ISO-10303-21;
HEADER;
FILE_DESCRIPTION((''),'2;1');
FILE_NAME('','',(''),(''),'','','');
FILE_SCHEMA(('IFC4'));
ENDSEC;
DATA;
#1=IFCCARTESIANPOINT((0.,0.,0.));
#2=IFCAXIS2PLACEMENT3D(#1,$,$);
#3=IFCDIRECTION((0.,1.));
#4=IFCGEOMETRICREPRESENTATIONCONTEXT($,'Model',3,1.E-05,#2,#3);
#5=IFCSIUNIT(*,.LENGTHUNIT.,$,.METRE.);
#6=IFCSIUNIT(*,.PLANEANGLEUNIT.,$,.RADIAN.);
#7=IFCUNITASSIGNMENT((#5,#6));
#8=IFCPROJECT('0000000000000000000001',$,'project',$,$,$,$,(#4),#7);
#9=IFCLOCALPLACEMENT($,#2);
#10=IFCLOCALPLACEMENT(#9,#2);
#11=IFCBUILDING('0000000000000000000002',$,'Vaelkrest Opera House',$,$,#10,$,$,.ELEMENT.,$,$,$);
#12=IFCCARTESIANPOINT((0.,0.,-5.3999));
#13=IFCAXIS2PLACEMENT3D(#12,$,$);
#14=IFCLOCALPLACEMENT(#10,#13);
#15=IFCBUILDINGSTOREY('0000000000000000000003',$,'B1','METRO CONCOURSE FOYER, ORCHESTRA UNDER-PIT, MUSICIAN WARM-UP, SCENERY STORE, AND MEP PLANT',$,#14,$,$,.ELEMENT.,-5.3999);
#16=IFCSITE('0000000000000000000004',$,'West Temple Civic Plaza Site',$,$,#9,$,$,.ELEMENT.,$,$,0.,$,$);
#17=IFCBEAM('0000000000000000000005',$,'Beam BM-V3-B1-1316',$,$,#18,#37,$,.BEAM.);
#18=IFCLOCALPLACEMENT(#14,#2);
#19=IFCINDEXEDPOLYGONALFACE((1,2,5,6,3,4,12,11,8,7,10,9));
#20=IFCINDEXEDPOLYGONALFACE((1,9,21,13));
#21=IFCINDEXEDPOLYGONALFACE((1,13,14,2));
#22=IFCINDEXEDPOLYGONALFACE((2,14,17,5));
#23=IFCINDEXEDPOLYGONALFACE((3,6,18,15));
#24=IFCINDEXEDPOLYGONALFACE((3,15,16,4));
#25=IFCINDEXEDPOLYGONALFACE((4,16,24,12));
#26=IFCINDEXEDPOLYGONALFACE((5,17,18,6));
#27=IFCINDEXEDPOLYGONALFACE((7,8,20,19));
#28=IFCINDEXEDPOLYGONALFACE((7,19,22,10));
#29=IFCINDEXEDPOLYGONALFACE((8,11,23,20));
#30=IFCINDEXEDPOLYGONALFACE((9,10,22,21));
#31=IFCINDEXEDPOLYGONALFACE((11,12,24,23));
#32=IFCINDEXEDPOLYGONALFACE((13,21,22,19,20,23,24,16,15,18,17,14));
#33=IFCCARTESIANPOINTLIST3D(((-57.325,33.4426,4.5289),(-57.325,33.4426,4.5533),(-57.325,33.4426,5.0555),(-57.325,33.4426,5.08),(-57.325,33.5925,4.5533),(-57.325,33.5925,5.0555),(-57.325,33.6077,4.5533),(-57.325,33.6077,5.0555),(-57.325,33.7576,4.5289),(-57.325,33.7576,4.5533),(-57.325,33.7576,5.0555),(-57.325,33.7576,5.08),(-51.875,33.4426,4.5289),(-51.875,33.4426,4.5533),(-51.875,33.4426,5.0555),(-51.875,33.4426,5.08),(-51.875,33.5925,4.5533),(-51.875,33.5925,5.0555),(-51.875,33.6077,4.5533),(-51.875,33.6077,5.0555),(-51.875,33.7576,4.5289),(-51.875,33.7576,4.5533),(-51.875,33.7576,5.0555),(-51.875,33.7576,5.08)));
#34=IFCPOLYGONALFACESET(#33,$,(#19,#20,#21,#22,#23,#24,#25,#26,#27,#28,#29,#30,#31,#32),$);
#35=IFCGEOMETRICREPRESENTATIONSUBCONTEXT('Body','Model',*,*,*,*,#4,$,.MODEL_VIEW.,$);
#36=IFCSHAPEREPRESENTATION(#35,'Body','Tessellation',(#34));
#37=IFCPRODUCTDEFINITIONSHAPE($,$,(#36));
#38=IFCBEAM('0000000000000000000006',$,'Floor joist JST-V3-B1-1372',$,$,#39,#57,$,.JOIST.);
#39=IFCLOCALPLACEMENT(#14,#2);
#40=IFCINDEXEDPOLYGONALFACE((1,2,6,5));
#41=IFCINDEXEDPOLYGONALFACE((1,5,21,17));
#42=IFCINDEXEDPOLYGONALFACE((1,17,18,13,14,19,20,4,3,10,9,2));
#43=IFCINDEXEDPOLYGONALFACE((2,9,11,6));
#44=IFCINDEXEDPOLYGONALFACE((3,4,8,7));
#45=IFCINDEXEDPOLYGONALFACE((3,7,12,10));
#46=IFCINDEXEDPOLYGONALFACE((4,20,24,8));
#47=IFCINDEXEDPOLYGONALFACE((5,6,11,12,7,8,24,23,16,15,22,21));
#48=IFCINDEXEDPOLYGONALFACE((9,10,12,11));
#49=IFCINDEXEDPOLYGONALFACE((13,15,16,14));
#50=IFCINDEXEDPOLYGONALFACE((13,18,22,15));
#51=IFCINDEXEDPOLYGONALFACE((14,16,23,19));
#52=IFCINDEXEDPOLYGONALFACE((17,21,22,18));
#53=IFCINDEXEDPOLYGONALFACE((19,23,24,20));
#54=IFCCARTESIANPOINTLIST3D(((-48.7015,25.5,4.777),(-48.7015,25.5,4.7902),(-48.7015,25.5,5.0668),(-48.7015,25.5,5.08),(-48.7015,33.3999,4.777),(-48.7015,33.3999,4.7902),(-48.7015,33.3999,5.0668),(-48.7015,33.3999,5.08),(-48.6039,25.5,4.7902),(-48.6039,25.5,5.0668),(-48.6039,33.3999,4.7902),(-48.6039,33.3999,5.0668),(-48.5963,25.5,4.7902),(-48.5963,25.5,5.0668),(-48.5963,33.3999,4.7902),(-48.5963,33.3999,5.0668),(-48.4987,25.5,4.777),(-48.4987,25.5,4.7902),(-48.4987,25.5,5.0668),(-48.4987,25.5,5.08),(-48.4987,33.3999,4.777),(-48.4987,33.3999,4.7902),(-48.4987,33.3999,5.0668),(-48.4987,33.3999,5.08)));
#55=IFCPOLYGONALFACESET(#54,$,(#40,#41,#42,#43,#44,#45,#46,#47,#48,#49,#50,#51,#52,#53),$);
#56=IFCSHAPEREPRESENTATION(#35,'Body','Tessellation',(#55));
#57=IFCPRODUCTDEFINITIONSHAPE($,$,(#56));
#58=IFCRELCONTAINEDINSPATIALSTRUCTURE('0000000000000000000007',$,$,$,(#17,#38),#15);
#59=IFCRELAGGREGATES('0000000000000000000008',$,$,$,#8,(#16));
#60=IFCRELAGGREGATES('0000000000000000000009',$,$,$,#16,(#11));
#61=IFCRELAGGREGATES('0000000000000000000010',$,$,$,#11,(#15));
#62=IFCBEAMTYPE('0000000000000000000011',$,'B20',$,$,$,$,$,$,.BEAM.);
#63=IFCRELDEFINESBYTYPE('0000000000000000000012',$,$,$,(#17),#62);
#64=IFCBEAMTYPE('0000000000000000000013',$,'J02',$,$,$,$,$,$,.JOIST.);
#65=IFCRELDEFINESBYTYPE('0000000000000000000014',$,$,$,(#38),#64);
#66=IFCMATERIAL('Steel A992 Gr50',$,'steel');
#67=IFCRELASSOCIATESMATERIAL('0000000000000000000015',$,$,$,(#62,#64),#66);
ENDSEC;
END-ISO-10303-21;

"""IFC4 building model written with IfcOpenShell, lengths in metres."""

from ifc_helpers import new_model, si_unit, direction, frame, origin, origin_2d, place, context, subcontext, project, spatial, i_section, extrude, material, material_profile, profile_set, type_object, element, save


model = new_model("IFC4")

# Units and contexts
model_context = context("Model", 3, precision=1e-05, world=origin(), true_north=direction((0.0, 1.0)))
body_context = subcontext(model_context, "Body", "Model", "MODEL_VIEW")
ifc_project = project(units=[si_unit("LENGTHUNIT", "METRE"), si_unit("PLANEANGLEUNIT", "RADIAN")], contexts=[model_context])

# Site, building, storey
site_placement = place(None, origin())
site = spatial("IfcSite", under=ifc_project, at=site_placement, Name="West Temple Civic Plaza Site", CompositionType="ELEMENT", RefElevation=0.0)
building_placement = place(site_placement, origin())
building = spatial("IfcBuilding", under=site, at=building_placement, Name="Vaelkrest Opera House", CompositionType="ELEMENT")
storey_placement = place(building_placement, frame((0.0, 0.0, -5.3999)))
storey = spatial("IfcBuildingStorey", under=building, at=storey_placement, Name="B1", Description="METRO CONCOURSE FOYER, ORCHESTRA UNDER-PIT, MUSICIAN WARM-UP, SCENERY STORE, AND MEP PLANT", CompositionType="ELEMENT", Elevation=-5.3999)

# Beams
ifc_material_1 = material(Name="Steel A992 Gr50", Category="steel")
ifc_material_profile_1 = material_profile(ifc_material_1, i_section(OverallWidth=0.3149, OverallDepth=0.551, WebThickness=0.0151, FlangeThickness=0.0244, at=origin_2d()), Name="W21X122")
ifc_profile_set_1 = profile_set([ifc_material_profile_1], Name="Steel A992 Gr50")
beam_type_1 = type_object("IfcBeamType", Name="B20", PredefinedType="BEAM", material=ifc_profile_set_1)
beam_1_placement = place(storey_placement, frame((-57.325, 33.6001, 4.8044), z_axis=(1.0, 0.0, 0.0), x_axis=(0.0, 1.0, 0.0)))
element("IfcBeam", 1, at=beam_1_placement, inside=storey, type_object=beam_type_1, Name="Beam BM-V3-B1-1316", PredefinedType="BEAM", context=body_context, shape_type="SweptSolid", body=[
    extrude(i_section(OverallWidth=0.3149, OverallDepth=0.551, WebThickness=0.0151, FlangeThickness=0.0244, at=origin_2d()), origin(), (0.0, 0.0, 1.0), 5.45),
])
ifc_material_profile_2 = material_profile(ifc_material_1, i_section(OverallWidth=0.2029, OverallDepth=0.303, WebThickness=0.0076, FlangeThickness=0.0132, at=origin_2d()), Name="W12X40")
ifc_profile_set_2 = profile_set([ifc_material_profile_2], Name="Steel A992 Gr50")
beam_type_2 = type_object("IfcBeamType", Name="J02", PredefinedType="JOIST", material=ifc_profile_set_2)
beam_2_placement = place(storey_placement, frame((-48.6001, 25.5, 4.9285), z_axis=(0.0, 1.0, 0.0), x_axis=(-1.0, 0.0, 0.0)))
element("IfcBeam", 2, at=beam_2_placement, inside=storey, type_object=beam_type_2, Name="Floor joist JST-V3-B1-1372", PredefinedType="JOIST", context=body_context, shape_type="SweptSolid", body=[
    extrude(i_section(OverallWidth=0.2029, OverallDepth=0.303, WebThickness=0.0076, FlangeThickness=0.0132, at=origin_2d()), origin(), (0.0, 0.0, 1.0), 7.8999),
])

save(model, "model.ifc")
